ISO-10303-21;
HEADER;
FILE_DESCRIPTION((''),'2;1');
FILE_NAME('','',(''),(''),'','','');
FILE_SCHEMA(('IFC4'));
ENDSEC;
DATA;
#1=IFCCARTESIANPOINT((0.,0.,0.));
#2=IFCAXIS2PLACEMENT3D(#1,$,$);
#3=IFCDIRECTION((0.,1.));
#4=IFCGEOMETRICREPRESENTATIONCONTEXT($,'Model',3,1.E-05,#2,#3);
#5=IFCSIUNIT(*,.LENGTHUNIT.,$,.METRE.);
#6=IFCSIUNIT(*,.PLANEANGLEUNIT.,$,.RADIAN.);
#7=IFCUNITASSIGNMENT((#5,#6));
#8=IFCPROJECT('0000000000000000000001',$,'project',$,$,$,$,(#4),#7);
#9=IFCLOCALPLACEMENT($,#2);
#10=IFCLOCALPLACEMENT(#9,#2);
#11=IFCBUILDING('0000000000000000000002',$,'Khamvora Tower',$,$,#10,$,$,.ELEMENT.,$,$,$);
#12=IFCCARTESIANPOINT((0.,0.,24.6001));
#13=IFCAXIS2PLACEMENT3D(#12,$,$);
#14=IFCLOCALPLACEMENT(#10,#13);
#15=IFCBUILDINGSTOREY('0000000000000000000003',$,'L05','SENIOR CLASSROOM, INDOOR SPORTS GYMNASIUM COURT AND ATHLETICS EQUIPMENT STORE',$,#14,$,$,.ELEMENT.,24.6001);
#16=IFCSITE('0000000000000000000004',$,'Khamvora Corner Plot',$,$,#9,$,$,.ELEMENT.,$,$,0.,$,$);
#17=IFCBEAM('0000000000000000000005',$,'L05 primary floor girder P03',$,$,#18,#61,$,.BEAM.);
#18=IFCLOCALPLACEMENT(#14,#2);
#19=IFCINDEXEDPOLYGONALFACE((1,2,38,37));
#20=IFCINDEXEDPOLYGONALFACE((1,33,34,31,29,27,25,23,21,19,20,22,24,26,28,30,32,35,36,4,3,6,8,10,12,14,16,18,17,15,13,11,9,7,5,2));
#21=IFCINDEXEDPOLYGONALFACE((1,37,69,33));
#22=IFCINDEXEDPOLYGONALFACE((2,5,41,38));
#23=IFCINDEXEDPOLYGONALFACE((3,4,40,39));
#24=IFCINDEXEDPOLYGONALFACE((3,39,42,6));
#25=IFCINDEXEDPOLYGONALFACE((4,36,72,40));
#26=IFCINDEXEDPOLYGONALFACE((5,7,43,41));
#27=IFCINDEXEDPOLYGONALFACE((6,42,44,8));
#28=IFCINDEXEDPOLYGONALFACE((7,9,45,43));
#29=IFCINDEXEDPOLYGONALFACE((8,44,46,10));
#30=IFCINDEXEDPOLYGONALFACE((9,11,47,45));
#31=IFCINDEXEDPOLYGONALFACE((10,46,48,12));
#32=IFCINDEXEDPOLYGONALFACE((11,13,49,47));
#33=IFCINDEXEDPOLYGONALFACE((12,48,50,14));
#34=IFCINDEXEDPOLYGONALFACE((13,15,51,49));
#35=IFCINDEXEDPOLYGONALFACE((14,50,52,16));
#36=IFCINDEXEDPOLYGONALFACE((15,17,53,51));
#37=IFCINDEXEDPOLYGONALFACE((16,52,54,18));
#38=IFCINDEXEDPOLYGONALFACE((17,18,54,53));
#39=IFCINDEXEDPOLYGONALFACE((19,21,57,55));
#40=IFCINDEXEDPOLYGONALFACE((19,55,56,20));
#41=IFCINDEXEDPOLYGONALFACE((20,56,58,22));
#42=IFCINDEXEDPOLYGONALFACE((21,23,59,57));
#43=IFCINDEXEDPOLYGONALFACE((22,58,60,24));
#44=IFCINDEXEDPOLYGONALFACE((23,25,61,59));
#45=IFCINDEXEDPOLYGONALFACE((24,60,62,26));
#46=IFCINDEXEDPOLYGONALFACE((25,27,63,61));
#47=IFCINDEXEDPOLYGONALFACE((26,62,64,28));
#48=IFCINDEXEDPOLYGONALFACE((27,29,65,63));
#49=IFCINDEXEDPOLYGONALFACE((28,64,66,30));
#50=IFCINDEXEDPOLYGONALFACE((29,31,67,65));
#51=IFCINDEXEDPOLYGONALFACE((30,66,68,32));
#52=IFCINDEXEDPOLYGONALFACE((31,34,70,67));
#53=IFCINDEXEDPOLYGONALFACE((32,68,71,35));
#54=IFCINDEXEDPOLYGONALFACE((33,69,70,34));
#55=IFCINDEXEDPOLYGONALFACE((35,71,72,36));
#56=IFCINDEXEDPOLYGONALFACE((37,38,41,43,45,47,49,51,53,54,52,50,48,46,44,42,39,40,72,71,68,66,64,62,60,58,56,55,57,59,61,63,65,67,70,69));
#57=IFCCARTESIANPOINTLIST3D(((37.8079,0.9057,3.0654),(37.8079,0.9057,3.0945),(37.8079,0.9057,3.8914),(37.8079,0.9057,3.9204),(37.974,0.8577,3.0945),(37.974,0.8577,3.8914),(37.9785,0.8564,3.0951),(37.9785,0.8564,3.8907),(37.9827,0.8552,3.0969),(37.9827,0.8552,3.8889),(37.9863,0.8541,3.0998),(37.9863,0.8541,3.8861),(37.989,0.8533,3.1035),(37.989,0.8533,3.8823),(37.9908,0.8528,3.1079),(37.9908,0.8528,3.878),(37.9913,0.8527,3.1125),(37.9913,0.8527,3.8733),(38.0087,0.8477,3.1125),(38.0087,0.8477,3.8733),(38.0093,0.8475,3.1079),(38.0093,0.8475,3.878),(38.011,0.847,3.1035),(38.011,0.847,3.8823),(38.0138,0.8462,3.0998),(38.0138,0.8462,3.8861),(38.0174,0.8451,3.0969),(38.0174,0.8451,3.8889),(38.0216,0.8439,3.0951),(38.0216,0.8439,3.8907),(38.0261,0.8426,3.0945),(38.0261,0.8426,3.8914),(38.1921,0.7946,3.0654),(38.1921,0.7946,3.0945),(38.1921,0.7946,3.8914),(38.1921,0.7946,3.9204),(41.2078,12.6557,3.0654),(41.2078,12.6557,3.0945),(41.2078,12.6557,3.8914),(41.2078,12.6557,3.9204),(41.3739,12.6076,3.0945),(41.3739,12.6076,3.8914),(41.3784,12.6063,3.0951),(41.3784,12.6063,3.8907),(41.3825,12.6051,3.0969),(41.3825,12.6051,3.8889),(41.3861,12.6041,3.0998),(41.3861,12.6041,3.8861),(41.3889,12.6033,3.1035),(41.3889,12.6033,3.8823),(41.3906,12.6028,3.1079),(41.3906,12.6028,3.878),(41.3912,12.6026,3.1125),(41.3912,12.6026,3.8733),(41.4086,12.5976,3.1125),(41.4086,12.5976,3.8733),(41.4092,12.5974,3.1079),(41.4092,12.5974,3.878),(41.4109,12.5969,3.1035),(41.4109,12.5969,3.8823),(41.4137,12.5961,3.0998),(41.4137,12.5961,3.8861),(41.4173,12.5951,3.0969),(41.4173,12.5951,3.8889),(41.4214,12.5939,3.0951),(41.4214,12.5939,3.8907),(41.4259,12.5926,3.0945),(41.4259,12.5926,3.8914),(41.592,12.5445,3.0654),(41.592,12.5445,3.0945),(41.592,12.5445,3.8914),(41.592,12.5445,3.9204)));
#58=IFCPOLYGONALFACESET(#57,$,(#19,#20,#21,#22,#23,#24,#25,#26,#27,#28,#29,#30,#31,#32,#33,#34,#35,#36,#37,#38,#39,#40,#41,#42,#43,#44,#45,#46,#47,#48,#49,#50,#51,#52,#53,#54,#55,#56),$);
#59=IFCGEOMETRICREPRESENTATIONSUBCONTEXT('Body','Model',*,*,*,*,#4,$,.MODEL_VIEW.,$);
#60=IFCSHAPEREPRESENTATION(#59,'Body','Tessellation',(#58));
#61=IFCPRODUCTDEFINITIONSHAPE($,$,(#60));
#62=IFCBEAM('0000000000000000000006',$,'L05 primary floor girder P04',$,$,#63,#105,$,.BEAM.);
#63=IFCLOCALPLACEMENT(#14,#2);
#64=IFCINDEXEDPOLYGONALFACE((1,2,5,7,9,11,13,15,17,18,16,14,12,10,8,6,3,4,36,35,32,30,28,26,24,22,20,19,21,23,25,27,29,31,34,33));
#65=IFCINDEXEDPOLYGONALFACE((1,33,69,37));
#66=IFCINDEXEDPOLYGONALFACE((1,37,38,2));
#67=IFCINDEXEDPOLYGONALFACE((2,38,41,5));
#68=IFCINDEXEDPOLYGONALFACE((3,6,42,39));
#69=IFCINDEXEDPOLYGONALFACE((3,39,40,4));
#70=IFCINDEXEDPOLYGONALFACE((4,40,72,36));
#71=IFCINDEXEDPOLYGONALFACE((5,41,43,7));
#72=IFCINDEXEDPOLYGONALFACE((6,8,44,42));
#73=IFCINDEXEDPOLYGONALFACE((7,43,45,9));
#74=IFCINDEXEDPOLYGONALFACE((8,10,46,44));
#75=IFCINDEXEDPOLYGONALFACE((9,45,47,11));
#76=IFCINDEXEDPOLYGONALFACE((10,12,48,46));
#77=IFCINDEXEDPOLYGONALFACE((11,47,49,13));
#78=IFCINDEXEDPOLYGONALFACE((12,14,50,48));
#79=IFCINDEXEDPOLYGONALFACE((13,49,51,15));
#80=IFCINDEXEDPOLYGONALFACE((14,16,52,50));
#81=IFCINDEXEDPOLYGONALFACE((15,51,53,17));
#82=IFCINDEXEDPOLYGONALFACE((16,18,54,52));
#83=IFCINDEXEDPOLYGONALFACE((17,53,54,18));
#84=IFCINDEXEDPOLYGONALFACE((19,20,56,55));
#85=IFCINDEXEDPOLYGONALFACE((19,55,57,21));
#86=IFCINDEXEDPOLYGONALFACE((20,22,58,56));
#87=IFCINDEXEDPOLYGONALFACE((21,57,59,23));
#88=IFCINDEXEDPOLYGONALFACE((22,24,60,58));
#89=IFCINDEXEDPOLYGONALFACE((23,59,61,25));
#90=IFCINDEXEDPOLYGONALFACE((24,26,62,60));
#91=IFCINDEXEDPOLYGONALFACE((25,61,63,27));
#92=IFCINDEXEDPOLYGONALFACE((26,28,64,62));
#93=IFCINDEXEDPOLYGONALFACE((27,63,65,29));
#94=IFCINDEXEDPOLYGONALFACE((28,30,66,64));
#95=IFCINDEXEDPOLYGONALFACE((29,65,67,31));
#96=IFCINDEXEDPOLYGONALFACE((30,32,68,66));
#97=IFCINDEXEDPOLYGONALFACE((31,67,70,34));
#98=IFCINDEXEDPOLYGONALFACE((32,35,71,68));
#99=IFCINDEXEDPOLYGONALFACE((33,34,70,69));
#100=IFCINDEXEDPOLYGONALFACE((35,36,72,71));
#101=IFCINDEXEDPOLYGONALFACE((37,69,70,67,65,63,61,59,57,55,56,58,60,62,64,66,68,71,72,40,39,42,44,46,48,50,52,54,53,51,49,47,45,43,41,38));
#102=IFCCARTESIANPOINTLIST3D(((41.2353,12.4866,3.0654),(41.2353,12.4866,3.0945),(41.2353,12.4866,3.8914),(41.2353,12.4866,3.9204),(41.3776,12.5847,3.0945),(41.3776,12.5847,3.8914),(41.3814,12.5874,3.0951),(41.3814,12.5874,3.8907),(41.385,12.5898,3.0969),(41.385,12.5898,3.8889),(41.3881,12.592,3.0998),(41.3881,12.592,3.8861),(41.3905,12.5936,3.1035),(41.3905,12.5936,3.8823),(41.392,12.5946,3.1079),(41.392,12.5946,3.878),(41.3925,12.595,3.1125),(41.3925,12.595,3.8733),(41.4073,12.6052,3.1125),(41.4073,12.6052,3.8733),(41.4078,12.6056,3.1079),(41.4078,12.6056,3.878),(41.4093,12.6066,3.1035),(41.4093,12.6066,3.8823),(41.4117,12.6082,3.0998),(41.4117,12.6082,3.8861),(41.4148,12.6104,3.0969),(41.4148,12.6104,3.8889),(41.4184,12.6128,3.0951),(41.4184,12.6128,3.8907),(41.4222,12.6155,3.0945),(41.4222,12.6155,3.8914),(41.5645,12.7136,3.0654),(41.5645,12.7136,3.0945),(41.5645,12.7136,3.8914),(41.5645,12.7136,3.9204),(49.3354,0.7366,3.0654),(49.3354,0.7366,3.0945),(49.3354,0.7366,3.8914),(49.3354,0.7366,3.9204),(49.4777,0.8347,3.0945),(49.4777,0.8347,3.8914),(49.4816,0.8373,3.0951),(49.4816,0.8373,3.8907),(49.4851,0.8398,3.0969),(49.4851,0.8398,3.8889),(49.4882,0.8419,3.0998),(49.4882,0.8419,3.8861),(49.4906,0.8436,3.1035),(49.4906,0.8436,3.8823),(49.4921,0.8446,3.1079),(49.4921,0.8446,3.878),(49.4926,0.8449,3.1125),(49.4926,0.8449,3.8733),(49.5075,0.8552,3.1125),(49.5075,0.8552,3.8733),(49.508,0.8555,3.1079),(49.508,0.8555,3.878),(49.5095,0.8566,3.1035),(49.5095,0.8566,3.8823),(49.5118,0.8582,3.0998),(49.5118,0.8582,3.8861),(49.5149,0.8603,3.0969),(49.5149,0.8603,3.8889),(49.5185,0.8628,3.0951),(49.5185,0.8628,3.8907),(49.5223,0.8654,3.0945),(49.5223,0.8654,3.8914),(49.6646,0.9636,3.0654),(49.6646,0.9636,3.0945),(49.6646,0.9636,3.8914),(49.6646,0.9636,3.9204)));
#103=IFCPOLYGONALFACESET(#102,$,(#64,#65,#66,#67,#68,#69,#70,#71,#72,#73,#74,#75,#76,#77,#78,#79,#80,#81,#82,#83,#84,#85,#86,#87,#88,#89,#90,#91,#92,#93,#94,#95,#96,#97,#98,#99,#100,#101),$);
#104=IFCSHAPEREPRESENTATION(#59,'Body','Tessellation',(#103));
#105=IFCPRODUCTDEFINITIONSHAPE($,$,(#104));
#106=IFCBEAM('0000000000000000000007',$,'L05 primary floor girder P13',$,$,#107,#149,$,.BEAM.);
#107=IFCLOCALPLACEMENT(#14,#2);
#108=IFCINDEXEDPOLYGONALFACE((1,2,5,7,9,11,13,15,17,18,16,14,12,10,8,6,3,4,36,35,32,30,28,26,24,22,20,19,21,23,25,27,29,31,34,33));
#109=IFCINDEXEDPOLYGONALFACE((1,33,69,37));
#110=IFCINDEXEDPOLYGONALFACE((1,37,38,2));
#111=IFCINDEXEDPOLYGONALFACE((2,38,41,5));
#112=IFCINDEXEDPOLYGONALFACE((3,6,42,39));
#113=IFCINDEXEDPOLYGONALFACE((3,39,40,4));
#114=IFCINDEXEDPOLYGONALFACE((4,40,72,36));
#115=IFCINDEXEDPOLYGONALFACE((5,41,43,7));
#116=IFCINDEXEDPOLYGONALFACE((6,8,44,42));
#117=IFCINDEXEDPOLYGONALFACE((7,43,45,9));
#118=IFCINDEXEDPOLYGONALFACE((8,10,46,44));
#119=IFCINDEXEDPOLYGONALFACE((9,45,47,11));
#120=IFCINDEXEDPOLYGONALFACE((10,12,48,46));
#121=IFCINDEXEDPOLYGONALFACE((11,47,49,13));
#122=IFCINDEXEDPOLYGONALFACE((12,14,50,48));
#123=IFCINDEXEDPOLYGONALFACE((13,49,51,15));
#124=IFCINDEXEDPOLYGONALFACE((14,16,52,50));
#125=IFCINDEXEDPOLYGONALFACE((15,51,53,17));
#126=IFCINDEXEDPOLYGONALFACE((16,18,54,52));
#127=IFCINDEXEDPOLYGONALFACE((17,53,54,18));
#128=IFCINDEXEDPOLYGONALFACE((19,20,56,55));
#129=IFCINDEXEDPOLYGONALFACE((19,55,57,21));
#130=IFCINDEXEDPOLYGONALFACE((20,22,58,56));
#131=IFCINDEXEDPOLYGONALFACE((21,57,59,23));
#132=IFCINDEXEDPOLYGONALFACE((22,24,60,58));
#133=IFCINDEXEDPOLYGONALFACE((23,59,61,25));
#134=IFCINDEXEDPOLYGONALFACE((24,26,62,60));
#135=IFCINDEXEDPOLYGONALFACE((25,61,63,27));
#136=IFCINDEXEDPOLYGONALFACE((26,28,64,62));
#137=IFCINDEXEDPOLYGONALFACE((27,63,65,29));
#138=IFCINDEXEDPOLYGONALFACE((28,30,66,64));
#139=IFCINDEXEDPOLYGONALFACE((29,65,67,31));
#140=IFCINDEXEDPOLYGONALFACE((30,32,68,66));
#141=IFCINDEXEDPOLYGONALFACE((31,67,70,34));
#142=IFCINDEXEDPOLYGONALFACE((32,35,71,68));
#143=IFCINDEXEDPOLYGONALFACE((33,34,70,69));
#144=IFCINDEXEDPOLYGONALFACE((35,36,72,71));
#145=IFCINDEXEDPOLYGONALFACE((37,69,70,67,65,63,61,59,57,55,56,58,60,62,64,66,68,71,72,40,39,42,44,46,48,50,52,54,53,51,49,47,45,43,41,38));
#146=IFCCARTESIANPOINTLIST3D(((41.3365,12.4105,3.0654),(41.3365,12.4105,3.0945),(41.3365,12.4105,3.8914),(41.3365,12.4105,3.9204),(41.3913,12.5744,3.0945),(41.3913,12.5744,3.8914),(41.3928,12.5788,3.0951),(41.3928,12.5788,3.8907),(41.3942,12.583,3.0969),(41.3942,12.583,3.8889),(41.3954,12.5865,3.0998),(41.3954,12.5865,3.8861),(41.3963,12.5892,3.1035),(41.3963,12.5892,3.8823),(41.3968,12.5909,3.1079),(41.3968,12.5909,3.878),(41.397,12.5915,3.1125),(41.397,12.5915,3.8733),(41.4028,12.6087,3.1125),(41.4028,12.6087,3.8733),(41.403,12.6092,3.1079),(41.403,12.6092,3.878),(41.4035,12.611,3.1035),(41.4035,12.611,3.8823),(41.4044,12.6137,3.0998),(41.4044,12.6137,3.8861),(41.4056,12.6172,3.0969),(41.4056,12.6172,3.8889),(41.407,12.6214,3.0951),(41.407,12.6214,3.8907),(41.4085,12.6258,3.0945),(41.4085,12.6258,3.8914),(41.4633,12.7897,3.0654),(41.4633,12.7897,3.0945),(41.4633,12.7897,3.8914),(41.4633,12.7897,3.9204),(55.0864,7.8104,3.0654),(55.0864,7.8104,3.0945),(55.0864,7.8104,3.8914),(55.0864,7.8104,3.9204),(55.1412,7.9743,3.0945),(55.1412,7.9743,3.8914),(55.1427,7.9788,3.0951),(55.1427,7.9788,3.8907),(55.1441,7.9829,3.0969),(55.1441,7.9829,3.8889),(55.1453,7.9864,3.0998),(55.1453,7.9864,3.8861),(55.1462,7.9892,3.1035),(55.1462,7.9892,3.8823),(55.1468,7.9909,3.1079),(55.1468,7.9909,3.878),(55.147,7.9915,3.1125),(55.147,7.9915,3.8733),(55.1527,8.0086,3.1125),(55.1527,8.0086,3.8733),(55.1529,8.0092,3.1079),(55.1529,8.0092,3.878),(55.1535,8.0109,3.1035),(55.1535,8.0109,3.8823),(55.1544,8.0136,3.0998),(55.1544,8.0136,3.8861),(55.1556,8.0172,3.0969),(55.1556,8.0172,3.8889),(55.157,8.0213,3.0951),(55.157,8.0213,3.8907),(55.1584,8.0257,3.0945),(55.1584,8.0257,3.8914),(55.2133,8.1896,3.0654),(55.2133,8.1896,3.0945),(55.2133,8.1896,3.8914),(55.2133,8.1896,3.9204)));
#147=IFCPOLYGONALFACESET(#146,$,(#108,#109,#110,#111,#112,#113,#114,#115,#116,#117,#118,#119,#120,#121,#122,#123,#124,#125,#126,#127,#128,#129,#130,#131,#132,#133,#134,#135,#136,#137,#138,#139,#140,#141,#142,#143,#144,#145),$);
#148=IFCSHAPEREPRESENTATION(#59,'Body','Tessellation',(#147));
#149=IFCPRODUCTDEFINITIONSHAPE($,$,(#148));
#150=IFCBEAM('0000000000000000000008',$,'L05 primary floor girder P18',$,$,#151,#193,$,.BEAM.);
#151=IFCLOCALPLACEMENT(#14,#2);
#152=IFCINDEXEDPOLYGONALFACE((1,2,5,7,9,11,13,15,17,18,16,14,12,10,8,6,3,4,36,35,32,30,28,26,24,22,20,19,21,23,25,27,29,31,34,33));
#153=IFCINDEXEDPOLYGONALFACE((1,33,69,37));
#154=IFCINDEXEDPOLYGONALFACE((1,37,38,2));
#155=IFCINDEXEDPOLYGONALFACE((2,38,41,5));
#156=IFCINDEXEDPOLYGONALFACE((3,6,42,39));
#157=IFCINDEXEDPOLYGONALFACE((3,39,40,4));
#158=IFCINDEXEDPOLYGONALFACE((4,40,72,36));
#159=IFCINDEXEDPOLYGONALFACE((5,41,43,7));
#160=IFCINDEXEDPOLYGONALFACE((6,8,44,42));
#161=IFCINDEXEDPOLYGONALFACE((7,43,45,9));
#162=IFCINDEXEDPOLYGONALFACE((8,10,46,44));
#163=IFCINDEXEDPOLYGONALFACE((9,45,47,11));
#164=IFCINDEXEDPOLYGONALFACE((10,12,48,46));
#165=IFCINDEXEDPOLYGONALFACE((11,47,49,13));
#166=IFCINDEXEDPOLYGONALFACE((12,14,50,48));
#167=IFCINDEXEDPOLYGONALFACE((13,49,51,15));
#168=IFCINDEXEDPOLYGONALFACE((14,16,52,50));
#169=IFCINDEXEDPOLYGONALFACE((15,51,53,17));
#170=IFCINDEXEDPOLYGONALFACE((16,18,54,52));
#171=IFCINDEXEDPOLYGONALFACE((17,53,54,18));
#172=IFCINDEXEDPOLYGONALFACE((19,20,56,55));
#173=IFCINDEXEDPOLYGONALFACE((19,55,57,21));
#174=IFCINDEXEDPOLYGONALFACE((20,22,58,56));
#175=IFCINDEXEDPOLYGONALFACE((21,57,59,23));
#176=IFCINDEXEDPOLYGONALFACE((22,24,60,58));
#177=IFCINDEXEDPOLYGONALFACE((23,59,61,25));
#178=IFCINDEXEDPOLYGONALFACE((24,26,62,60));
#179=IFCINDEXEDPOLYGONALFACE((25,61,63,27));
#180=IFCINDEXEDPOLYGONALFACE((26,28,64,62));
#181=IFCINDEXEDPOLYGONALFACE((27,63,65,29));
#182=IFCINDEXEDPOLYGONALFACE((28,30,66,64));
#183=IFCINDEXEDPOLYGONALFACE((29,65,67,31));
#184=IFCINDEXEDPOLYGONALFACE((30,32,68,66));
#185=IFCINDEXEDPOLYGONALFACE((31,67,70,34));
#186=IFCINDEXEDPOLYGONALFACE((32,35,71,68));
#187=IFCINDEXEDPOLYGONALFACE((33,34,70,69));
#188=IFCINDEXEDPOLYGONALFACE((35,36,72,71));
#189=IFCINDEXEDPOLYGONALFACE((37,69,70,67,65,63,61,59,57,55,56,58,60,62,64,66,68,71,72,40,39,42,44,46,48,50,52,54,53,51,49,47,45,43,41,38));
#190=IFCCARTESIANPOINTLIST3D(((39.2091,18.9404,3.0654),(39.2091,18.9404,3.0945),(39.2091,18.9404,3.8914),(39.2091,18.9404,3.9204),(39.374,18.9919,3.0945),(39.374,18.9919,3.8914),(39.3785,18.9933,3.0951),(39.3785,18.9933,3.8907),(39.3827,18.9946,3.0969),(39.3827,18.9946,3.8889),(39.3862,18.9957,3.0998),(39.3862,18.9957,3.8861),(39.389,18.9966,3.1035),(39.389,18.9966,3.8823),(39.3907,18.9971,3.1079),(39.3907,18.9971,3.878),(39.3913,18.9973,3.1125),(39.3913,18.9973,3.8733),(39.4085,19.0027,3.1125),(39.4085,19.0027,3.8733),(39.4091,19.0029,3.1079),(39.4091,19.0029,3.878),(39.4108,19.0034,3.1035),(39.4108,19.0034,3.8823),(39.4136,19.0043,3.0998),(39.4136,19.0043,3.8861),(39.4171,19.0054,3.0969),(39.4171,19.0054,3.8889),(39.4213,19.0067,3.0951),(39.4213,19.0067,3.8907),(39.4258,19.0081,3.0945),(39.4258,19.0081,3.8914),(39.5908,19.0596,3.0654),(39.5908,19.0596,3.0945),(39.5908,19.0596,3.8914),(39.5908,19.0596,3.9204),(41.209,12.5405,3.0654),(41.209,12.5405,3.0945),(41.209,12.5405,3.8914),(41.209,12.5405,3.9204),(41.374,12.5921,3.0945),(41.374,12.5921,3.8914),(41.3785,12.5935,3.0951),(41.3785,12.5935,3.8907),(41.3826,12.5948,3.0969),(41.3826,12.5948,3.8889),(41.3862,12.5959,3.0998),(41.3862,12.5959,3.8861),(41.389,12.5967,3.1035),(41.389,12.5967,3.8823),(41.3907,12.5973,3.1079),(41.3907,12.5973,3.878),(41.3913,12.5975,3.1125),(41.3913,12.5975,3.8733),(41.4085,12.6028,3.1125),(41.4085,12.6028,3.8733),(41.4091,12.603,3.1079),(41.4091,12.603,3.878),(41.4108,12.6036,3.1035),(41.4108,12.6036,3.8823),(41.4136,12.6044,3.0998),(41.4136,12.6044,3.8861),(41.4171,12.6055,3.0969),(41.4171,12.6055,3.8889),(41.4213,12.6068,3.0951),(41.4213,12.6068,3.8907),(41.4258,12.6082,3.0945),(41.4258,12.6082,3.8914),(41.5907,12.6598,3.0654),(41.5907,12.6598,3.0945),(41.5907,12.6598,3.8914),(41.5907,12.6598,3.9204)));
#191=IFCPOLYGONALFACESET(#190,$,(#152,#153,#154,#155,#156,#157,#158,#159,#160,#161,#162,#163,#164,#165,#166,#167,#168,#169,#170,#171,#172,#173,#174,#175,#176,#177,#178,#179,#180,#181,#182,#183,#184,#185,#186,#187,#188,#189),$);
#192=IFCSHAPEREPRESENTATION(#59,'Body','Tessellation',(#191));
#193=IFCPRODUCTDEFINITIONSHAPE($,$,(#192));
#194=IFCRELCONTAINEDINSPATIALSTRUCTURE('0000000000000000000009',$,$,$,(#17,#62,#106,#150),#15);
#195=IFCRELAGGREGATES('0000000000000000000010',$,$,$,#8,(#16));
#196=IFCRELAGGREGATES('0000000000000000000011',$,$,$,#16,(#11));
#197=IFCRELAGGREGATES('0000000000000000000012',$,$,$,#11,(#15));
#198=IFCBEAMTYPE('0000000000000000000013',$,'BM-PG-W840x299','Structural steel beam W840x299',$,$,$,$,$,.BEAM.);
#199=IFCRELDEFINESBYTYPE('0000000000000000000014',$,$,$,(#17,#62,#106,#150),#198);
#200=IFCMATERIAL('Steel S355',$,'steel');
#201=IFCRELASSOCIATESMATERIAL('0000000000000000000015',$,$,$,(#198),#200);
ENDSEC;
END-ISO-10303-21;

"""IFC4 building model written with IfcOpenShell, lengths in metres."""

from ifc_helpers import new_model, si_unit, direction, frame, origin, origin_2d, place, context, subcontext, project, spatial, i_section, extrude, material, material_profile, profile_set, type_object, element, save


model = new_model("IFC4")

# Units and contexts
model_context = context("Model", 3, precision=1e-05, world=origin(), true_north=direction((0.0, 1.0)))
body_context = subcontext(model_context, "Body", "Model", "MODEL_VIEW")
ifc_project = project(units=[si_unit("LENGTHUNIT", "METRE"), si_unit("PLANEANGLEUNIT", "RADIAN")], contexts=[model_context])

# Site, building, storey
site_placement = place(None, origin())
site = spatial("IfcSite", under=ifc_project, at=site_placement, Name="Khamvora Corner Plot", CompositionType="ELEMENT", RefElevation=0.0)
building_placement = place(site_placement, origin())
building = spatial("IfcBuilding", under=site, at=building_placement, Name="Khamvora Tower", CompositionType="ELEMENT")
storey_placement = place(building_placement, frame((0.0, 0.0, 24.6001)))
storey = spatial("IfcBuildingStorey", under=building, at=storey_placement, Name="L05", Description="SENIOR CLASSROOM, INDOOR SPORTS GYMNASIUM COURT AND ATHLETICS EQUIPMENT STORE", CompositionType="ELEMENT", Elevation=24.6001)

# Beams
ifc_material_1 = material(Name="Steel S355", Category="steel")
ifc_material_profile_1 = material_profile(ifc_material_1, i_section(OverallWidth=0.3999, OverallDepth=0.855, WebThickness=0.0181, FlangeThickness=0.0291, FilletRadius=0.0181, at=origin_2d()), Name="W840x299")
ifc_profile_set_1 = profile_set([ifc_material_profile_1], Name="Steel S355")
beam_type_1 = type_object("IfcBeamType", Name="BM-PG-W840x299", Description="Structural steel beam W840x299", PredefinedType="BEAM", material=ifc_profile_set_1)
beam_1_placement = place(storey_placement, frame((41.3999, 12.6001, 3.4929), z_axis=(-0.277951, -0.960595, 0.0), x_axis=(0.960595, -0.277951, 0.0)))
element("IfcBeam", 1, at=beam_1_placement, inside=storey, type_object=beam_type_1, Name="L05 primary floor girder P03", PredefinedType="BEAM", context=body_context, shape_type="SweptSolid", body=[
    extrude(i_section(OverallWidth=0.3999, OverallDepth=0.855, WebThickness=0.0181, FlangeThickness=0.0291, FilletRadius=0.0181, at=origin_2d()), origin(), (0.0, 0.0, 1.0), 12.2319),
])
beam_2_placement = place(storey_placement, frame((41.3999, 12.6001, 3.4929), z_axis=(0.567574, -0.823322, 0.0), x_axis=(0.823322, 0.567574, 0.0)))
element("IfcBeam", 2, at=beam_2_placement, inside=storey, type_object=beam_type_1, Name="L05 primary floor girder P04", PredefinedType="BEAM", context=body_context, shape_type="SweptSolid", body=[
    extrude(i_section(OverallWidth=0.3999, OverallDepth=0.855, WebThickness=0.0181, FlangeThickness=0.0291, FilletRadius=0.0181, at=origin_2d()), origin(), (0.0, 0.0, 1.0), 14.2715),
])
beam_3_placement = place(storey_placement, frame((41.3999, 12.6001, 3.4929), z_axis=(0.948336, -0.317268, 0.0), x_axis=(0.317268, 0.948336, 0.0)))
element("IfcBeam", 3, at=beam_3_placement, inside=storey, type_object=beam_type_1, Name="L05 primary floor girder P13", PredefinedType="BEAM", context=body_context, shape_type="SweptSolid", body=[
    extrude(i_section(OverallWidth=0.3999, OverallDepth=0.855, WebThickness=0.0181, FlangeThickness=0.0291, FilletRadius=0.0181, at=origin_2d()), origin(), (0.0, 0.0, 1.0), 14.499),
])
beam_4_placement = place(storey_placement, frame((39.3999, 19.0, 3.4929), z_axis=(0.298279, -0.954479, 0.0), x_axis=(0.954479, 0.298279, 0.0)))
element("IfcBeam", 4, at=beam_4_placement, inside=storey, type_object=beam_type_1, Name="L05 primary floor girder P18", PredefinedType="BEAM", context=body_context, shape_type="SweptSolid", body=[
    extrude(i_section(OverallWidth=0.3999, OverallDepth=0.855, WebThickness=0.0181, FlangeThickness=0.0291, FilletRadius=0.0181, at=origin_2d()), origin(), (0.0, 0.0, 1.0), 6.7051),
])

save(model, "model.ifc")
